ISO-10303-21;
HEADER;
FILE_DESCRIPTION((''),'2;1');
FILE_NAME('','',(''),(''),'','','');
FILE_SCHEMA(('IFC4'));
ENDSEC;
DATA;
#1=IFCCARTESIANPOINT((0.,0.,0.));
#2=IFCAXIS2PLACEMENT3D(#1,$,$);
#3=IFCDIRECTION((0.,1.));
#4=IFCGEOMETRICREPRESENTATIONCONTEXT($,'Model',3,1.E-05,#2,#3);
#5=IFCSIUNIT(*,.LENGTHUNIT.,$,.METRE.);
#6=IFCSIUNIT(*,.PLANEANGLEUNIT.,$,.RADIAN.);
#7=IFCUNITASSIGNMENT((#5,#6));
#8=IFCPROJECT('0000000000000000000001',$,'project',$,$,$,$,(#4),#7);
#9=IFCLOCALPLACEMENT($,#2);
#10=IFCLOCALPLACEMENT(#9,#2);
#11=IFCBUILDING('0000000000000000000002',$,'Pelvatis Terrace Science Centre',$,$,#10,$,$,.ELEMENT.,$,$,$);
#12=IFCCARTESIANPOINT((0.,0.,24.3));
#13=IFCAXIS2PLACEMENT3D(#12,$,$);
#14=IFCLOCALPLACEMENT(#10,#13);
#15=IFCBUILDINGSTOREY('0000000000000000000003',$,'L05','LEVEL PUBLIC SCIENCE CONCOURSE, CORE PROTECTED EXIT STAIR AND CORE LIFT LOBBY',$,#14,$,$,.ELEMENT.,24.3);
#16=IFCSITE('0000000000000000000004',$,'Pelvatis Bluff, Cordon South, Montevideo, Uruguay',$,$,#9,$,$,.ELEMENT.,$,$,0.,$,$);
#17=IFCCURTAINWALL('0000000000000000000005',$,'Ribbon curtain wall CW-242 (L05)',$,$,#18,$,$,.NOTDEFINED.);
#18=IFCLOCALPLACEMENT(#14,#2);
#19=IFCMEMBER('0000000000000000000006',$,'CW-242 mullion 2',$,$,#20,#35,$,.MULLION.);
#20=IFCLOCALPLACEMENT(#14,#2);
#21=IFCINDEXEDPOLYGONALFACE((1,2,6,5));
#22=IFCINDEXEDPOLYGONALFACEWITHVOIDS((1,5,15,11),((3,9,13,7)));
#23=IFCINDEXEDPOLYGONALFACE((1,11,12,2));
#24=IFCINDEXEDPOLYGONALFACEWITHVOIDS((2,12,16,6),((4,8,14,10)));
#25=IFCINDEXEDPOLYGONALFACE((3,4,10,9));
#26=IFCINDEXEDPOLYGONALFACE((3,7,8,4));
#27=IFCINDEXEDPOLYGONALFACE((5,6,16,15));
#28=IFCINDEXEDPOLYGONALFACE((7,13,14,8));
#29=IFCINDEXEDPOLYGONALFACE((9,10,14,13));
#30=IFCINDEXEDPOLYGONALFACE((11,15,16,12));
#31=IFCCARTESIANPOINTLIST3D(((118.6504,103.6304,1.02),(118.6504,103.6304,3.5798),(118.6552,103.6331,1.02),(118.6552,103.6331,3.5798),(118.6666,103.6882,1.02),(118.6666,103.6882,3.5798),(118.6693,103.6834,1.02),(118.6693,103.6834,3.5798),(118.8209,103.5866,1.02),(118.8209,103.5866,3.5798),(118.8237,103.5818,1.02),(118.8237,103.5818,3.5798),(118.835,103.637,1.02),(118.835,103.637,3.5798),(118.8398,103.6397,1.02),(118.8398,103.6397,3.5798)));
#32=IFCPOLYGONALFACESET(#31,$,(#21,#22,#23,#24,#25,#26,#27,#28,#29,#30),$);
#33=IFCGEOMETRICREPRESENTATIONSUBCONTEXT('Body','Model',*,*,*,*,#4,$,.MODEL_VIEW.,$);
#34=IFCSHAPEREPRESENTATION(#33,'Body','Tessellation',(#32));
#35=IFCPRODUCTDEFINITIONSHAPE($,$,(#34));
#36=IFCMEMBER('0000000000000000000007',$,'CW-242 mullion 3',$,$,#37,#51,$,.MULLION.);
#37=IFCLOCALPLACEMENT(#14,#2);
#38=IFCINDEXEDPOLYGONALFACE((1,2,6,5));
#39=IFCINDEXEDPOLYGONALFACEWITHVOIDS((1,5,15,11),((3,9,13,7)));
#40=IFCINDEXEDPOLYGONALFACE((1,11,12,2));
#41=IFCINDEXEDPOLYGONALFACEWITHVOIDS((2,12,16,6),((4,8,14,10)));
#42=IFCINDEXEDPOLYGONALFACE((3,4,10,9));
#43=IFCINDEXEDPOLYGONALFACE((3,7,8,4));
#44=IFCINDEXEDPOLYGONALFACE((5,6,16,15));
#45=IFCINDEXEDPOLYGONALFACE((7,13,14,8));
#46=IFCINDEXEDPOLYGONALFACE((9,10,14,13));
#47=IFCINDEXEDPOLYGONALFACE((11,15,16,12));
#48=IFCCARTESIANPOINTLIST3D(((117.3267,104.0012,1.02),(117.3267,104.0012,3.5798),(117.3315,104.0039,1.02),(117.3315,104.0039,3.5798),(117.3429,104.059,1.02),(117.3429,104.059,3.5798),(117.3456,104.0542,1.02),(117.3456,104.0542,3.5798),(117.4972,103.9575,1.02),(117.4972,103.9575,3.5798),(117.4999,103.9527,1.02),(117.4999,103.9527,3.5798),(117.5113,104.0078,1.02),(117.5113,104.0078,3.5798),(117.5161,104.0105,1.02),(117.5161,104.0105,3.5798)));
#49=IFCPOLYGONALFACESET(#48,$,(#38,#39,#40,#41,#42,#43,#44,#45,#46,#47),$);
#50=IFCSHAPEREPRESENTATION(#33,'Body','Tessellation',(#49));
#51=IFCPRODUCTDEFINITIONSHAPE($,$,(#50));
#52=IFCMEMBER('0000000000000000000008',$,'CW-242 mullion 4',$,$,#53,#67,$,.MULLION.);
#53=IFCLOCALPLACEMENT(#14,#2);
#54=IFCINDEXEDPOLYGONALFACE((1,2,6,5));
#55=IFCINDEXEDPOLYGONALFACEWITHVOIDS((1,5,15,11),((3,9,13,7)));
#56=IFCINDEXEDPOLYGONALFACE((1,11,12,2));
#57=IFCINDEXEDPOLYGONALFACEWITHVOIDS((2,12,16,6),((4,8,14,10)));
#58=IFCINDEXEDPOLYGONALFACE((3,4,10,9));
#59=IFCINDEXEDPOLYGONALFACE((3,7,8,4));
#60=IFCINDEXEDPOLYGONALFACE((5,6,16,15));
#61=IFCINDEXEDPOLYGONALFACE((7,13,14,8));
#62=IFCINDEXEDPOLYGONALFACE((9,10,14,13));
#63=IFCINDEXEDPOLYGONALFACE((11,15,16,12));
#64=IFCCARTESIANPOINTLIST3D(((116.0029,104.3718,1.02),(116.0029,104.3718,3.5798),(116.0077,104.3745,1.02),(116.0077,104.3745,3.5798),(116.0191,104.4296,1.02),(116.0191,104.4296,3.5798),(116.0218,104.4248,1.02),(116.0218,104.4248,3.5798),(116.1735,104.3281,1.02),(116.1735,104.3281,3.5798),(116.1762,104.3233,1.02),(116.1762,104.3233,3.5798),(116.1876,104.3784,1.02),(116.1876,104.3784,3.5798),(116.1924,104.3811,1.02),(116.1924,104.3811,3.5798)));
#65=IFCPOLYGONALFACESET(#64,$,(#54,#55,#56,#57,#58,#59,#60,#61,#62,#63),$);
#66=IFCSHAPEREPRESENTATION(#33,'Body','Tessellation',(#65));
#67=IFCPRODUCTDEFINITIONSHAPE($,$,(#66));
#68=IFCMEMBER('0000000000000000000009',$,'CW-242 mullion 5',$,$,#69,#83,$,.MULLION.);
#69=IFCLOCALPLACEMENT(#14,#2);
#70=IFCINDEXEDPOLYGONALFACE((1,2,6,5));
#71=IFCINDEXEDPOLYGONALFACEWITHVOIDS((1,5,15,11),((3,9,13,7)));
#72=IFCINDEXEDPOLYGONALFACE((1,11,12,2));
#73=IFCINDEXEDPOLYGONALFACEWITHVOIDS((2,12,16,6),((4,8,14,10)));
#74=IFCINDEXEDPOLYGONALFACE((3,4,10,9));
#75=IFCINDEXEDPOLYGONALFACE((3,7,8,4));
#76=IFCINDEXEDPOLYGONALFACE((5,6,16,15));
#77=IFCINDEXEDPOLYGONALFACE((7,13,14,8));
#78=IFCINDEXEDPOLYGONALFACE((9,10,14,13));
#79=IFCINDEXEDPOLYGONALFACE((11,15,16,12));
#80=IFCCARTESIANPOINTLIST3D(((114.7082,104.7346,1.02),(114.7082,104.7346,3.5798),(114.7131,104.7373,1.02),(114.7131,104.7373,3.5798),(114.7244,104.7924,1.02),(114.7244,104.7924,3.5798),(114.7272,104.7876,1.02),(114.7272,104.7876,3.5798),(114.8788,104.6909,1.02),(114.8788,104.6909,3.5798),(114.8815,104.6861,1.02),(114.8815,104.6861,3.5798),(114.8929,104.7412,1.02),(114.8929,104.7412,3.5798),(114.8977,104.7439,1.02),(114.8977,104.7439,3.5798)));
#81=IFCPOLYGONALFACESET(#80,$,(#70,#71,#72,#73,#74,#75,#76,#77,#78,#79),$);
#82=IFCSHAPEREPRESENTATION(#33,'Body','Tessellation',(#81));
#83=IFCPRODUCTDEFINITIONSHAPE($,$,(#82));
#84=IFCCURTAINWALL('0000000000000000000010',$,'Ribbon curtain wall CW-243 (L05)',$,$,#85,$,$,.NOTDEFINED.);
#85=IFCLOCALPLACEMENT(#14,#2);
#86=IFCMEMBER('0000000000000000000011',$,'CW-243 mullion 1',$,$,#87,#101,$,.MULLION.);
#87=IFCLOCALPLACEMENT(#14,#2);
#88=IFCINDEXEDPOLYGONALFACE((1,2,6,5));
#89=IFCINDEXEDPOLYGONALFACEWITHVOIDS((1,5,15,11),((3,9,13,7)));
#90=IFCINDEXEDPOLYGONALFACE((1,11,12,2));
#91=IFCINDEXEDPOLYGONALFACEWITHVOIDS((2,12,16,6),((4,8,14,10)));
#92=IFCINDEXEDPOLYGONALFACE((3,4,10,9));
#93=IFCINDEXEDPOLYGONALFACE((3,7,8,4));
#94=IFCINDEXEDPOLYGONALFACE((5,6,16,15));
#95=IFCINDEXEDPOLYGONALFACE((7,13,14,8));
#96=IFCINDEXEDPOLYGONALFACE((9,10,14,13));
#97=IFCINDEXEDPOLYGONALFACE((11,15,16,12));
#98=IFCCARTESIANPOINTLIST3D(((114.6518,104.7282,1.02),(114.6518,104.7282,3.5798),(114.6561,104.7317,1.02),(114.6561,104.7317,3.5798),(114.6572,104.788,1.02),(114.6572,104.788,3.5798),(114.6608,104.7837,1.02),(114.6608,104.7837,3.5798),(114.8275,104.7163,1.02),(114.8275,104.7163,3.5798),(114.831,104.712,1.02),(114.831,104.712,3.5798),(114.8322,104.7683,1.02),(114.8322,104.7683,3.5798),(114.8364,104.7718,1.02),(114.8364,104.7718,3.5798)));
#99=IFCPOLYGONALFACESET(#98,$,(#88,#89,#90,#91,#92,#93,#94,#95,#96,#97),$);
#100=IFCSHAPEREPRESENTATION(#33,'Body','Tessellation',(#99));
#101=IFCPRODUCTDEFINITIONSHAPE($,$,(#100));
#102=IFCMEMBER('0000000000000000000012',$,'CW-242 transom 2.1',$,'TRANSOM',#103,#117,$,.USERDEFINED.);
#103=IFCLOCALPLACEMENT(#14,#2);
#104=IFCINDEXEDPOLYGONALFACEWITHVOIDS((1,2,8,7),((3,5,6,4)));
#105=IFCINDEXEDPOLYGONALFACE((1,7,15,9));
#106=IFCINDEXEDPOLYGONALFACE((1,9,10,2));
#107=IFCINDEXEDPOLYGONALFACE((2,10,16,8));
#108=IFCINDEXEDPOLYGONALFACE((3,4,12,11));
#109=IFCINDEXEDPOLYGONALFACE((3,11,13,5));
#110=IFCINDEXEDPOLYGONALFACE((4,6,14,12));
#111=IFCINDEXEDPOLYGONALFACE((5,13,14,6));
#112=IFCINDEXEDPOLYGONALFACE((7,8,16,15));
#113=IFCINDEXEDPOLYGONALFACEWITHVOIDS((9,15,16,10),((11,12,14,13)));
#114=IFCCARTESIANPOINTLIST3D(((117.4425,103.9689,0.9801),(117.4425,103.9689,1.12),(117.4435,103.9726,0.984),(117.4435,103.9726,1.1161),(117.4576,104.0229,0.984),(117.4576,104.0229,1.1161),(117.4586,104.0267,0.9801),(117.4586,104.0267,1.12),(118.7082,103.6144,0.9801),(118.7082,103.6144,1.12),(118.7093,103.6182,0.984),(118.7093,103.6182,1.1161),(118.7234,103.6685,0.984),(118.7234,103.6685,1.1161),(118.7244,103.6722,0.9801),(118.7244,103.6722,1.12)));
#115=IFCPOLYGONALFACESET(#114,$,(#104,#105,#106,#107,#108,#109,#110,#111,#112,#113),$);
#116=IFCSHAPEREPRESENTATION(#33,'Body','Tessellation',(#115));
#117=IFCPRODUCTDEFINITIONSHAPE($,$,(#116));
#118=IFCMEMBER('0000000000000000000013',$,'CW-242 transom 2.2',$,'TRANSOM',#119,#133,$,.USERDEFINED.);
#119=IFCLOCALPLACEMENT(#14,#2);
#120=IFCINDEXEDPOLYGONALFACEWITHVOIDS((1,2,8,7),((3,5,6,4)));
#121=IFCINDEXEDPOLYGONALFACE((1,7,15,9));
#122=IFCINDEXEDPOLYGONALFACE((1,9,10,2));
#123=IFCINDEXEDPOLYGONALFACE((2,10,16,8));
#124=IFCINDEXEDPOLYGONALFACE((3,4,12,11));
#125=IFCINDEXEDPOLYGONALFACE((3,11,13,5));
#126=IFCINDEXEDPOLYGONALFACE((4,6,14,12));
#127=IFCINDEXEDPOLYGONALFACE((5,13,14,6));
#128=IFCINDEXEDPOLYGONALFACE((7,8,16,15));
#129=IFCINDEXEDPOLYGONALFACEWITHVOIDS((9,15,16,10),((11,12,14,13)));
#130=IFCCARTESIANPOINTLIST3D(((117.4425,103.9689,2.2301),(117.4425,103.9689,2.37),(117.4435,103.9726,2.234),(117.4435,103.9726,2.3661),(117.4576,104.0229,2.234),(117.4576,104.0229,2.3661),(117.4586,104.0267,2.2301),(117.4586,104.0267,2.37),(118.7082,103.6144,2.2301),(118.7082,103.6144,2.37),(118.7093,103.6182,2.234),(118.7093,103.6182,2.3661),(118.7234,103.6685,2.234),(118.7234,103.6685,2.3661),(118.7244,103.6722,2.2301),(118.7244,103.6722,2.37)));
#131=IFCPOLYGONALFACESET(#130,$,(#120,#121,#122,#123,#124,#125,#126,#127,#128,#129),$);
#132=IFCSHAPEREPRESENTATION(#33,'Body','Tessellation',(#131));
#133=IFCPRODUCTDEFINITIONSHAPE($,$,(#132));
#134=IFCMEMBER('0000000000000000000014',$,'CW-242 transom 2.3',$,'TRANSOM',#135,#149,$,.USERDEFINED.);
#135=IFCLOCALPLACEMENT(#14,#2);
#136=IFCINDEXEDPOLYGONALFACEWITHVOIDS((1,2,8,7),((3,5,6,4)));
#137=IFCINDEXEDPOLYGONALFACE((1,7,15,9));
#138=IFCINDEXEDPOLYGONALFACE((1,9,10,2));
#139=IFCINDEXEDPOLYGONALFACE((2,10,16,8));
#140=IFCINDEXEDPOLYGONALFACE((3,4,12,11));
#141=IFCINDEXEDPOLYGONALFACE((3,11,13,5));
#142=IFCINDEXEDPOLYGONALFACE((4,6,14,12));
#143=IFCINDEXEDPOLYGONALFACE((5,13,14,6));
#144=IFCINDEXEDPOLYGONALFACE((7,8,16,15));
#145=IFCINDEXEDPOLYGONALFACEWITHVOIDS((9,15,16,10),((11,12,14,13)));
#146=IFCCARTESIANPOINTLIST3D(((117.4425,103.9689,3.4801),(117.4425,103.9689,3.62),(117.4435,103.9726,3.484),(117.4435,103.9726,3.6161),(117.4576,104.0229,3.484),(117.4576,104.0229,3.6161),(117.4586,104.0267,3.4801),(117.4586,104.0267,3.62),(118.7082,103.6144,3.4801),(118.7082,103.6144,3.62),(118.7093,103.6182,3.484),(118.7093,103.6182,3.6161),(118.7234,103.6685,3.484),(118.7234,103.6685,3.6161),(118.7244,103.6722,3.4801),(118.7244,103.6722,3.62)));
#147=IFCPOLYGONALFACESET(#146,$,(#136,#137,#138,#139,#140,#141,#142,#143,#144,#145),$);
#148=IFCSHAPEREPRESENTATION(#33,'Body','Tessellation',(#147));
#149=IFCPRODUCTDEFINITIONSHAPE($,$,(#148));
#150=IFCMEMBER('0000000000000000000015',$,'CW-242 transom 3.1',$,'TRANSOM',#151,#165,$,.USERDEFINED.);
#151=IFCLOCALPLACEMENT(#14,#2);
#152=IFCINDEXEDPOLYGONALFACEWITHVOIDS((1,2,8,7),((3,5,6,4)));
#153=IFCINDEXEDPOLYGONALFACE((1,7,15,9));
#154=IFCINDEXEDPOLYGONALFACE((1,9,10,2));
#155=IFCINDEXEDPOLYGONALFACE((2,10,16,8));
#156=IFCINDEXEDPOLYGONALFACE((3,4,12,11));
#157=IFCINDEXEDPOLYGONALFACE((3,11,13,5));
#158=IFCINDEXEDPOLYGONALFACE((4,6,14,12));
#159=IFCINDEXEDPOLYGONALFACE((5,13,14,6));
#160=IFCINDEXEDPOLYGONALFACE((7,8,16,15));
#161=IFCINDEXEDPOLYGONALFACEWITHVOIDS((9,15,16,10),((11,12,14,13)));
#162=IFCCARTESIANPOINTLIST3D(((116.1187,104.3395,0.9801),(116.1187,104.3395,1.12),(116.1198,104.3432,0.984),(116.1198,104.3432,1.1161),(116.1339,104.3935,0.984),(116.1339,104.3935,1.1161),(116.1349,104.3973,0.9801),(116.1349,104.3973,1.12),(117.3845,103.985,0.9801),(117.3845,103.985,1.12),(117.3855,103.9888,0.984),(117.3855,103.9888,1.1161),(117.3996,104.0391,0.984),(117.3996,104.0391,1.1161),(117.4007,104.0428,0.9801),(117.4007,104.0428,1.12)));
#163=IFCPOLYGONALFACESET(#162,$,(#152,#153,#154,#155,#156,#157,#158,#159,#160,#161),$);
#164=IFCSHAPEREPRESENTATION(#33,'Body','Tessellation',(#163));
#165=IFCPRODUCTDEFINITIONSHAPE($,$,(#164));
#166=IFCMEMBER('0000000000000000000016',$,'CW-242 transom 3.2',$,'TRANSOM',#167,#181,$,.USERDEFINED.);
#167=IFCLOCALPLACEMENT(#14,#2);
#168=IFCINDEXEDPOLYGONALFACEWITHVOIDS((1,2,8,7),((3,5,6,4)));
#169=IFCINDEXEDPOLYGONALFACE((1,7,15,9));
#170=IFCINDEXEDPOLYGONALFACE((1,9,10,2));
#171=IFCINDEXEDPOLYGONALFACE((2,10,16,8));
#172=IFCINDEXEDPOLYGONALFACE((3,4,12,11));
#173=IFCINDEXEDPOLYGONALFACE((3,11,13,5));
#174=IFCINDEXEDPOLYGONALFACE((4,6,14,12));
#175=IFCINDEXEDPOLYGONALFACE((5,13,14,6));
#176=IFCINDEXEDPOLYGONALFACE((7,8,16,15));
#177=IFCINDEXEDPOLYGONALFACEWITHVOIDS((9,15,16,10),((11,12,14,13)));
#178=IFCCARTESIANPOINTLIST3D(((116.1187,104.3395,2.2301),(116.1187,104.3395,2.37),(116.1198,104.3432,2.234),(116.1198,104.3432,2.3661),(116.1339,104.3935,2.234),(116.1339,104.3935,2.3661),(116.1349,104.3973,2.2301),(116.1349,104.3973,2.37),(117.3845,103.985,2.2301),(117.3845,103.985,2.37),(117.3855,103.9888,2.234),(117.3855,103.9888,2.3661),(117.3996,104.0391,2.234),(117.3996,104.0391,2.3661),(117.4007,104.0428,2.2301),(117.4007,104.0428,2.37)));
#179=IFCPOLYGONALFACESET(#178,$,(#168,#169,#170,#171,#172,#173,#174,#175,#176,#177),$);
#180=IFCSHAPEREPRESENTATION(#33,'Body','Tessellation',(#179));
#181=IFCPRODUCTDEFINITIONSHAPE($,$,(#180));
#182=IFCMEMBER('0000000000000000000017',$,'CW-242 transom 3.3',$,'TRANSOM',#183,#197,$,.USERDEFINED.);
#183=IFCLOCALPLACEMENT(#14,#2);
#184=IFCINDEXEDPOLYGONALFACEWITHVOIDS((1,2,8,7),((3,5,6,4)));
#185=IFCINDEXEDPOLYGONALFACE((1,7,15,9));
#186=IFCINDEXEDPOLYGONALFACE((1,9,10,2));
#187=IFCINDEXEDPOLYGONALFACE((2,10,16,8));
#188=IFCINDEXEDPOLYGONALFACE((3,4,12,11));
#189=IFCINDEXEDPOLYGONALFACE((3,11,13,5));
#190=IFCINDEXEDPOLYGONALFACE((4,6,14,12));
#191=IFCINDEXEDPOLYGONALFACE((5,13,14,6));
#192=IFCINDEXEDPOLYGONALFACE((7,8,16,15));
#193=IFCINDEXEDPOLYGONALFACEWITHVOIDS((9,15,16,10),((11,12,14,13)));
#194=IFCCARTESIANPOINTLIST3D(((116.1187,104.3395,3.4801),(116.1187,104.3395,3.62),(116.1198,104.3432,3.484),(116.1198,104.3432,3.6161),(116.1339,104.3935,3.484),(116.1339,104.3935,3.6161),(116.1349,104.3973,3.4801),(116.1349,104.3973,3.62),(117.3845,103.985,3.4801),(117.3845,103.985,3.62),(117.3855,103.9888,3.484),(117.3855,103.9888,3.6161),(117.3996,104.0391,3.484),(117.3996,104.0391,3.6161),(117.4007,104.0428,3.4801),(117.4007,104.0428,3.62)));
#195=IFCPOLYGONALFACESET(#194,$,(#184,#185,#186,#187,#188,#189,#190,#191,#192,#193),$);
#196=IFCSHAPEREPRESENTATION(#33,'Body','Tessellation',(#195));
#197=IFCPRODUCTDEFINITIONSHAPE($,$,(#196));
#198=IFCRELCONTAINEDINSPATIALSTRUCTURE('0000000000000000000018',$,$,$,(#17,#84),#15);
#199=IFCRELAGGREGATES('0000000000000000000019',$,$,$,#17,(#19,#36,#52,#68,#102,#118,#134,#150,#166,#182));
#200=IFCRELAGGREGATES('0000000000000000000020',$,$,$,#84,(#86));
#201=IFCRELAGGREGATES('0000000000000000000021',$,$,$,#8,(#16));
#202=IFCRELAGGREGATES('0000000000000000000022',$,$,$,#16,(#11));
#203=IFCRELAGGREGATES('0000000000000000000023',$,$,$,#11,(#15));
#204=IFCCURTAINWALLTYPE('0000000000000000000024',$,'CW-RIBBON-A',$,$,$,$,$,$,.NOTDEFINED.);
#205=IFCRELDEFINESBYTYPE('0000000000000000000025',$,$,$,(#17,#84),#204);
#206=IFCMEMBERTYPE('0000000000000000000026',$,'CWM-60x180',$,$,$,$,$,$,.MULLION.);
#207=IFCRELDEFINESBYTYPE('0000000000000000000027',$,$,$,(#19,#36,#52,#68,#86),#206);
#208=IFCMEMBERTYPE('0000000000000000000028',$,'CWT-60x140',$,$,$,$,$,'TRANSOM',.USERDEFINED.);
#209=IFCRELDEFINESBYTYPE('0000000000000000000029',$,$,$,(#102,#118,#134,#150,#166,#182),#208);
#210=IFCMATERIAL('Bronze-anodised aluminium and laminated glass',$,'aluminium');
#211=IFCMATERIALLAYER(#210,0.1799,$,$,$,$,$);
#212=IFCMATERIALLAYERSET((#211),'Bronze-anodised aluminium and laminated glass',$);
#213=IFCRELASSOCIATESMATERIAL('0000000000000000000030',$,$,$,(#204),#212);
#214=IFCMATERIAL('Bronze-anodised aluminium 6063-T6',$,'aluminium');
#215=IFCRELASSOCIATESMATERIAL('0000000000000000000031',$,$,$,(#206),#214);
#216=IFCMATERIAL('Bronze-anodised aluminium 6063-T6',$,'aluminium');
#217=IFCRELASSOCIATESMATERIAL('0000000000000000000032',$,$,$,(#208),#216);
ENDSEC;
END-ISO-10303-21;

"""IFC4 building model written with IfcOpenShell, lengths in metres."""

from ifc_helpers import new_model, si_unit, direction, frame, origin, origin_2d, place, context, subcontext, project, spatial, hollow_rectangle, extrude, material, layer, layer_set, material_profile, profile_set, type_object, element, aggregate, save


model = new_model("IFC4")

# Units and contexts
model_context = context("Model", 3, precision=1e-05, world=origin(), true_north=direction((0.0, 1.0)))
body_context = subcontext(model_context, "Body", "Model", "MODEL_VIEW")
ifc_project = project(units=[si_unit("LENGTHUNIT", "METRE"), si_unit("PLANEANGLEUNIT", "RADIAN")], contexts=[model_context])

# Site, building, storey
site_placement = place(None, origin())
site = spatial("IfcSite", under=ifc_project, at=site_placement, Name="Pelvatis Bluff, Cordon South, Montevideo, Uruguay", CompositionType="ELEMENT", RefElevation=0.0)
building_placement = place(site_placement, origin())
building = spatial("IfcBuilding", under=site, at=building_placement, Name="Pelvatis Terrace Science Centre", CompositionType="ELEMENT")
storey_placement = place(building_placement, frame((0.0, 0.0, 24.3)))
storey = spatial("IfcBuildingStorey", under=building, at=storey_placement, Name="L05", Description="LEVEL PUBLIC SCIENCE CONCOURSE, CORE PROTECTED EXIT STAIR AND CORE LIFT LOBBY", CompositionType="ELEMENT", Elevation=24.3)

# Curtain wall, members
ifc_material_1 = material(Name="Bronze-anodised aluminium and laminated glass", Category="aluminium")
ifc_layer_1 = layer(ifc_material_1, 0.1799)
ifc_layer_set_1 = layer_set([ifc_layer_1], Name="Bronze-anodised aluminium and laminated glass")
curtain_wall_type = type_object("IfcCurtainWallType", Name="CW-RIBBON-A", PredefinedType="NOTDEFINED", material=ifc_layer_set_1)
curtain_wall_1_placement = place(storey_placement, origin())
curtain_wall_1 = element("IfcCurtainWall", 1, at=curtain_wall_1_placement, inside=storey, type_object=curtain_wall_type, Name="Ribbon curtain wall CW-242 (L05)", PredefinedType="NOTDEFINED")
ifc_material_2 = material(Name="Bronze-anodised aluminium 6063-T6", Category="aluminium")
ifc_material_profile_1 = material_profile(ifc_material_2, hollow_rectangle(XDim=0.0601, YDim=0.1799, WallThickness=0.0039, at=origin_2d()), Name="ALU-MUL 60x180")
ifc_profile_set_1 = profile_set([ifc_material_profile_1], Name="Bronze-anodised aluminium 6063-T6")
member_type_1 = type_object("IfcMemberType", Name="CWM-60x180", PredefinedType="MULLION", material=ifc_profile_set_1)
member_1_placement = place(storey_placement, frame((118.7451, 103.635, 1.02), z_axis=(0.0, 0.0, 1.0), x_axis=(-0.269695, -0.962946, 0.0)))
member_1 = element("IfcMember", 2, at=member_1_placement, type_object=member_type_1, Name="CW-242 mullion 2", PredefinedType="MULLION", context=body_context, shape_type="SweptSolid", body=[
    extrude(hollow_rectangle(XDim=0.0601, YDim=0.1799, WallThickness=0.0039, at=origin_2d()), origin(), (0.0, 0.0, 1.0), 2.5598),
])
member_2_placement = place(storey_placement, frame((117.4214, 104.0059, 1.02), z_axis=(0.0, 0.0, 1.0), x_axis=(-0.269695, -0.962946, 0.0)))
member_2 = element("IfcMember", 3, at=member_2_placement, type_object=member_type_1, Name="CW-242 mullion 3", PredefinedType="MULLION", context=body_context, shape_type="SweptSolid", body=[
    extrude(hollow_rectangle(XDim=0.0601, YDim=0.1799, WallThickness=0.0039, at=origin_2d()), origin(), (0.0, 0.0, 1.0), 2.5598),
])
member_3_placement = place(storey_placement, frame((116.0977, 104.3765, 1.02), z_axis=(0.0, 0.0, 1.0), x_axis=(-0.269695, -0.962946, 0.0)))
member_3 = element("IfcMember", 4, at=member_3_placement, type_object=member_type_1, Name="CW-242 mullion 4", PredefinedType="MULLION", context=body_context, shape_type="SweptSolid", body=[
    extrude(hollow_rectangle(XDim=0.0601, YDim=0.1799, WallThickness=0.0039, at=origin_2d()), origin(), (0.0, 0.0, 1.0), 2.5598),
])
member_4_placement = place(storey_placement, frame((114.803, 104.7393, 1.02), z_axis=(0.0, 0.0, 1.0), x_axis=(-0.269695, -0.962946, 0.0)))
member_4 = element("IfcMember", 5, at=member_4_placement, type_object=member_type_1, Name="CW-242 mullion 5", PredefinedType="MULLION", context=body_context, shape_type="SweptSolid", body=[
    extrude(hollow_rectangle(XDim=0.0601, YDim=0.1799, WallThickness=0.0039, at=origin_2d()), origin(), (0.0, 0.0, 1.0), 2.5598),
])

# Curtain wall, member
curtain_wall_2_placement = place(storey_placement, origin())
curtain_wall_2 = element("IfcCurtainWall", 6, at=curtain_wall_2_placement, inside=storey, type_object=curtain_wall_type, Name="Ribbon curtain wall CW-243 (L05)", PredefinedType="NOTDEFINED")
member_5_placement = place(storey_placement, frame((114.7441, 104.75, 1.02), z_axis=(0.0, 0.0, 1.0), x_axis=(-0.08982, -0.995958, 0.0)))
member_5 = element("IfcMember", 7, at=member_5_placement, type_object=member_type_1, Name="CW-243 mullion 1", PredefinedType="MULLION", context=body_context, shape_type="SweptSolid", body=[
    extrude(hollow_rectangle(XDim=0.0601, YDim=0.1799, WallThickness=0.0039, at=origin_2d()), origin(), (0.0, 0.0, 1.0), 2.5598),
])

# Members
ifc_material_3 = material(Name="Bronze-anodised aluminium 6063-T6", Category="aluminium")
ifc_material_profile_2 = material_profile(ifc_material_3, hollow_rectangle(XDim=0.0601, YDim=0.1399, WallThickness=0.0039, at=origin_2d()), Name="ALU-TRN 60x140")
ifc_profile_set_2 = profile_set([ifc_material_profile_2], Name="Bronze-anodised aluminium 6063-T6")
member_type_2 = type_object("IfcMemberType", Name="CWT-60x140", ElementType="TRANSOM", PredefinedType="USERDEFINED", material=ifc_profile_set_2)
member_6_placement = place(storey_placement, frame((118.7163, 103.6433, 1.05), z_axis=(-0.962954, 0.269664, 0.0), x_axis=(-0.269664, -0.962954, 0.0)))
member_6 = element("IfcMember", 8, at=member_6_placement, type_object=member_type_2, Name="CW-242 transom 2.1", ObjectType="TRANSOM", PredefinedType="USERDEFINED", context=body_context, shape_type="SweptSolid", body=[
    extrude(hollow_rectangle(XDim=0.0601, YDim=0.1399, WallThickness=0.0039, at=origin_2d()), origin(), (0.0, 0.0, 1.0), 1.3145),
])
member_7_placement = place(storey_placement, frame((118.7163, 103.6433, 2.3), z_axis=(-0.962954, 0.269664, 0.0), x_axis=(-0.269664, -0.962954, 0.0)))
member_7 = element("IfcMember", 9, at=member_7_placement, type_object=member_type_2, Name="CW-242 transom 2.2", ObjectType="TRANSOM", PredefinedType="USERDEFINED", context=body_context, shape_type="SweptSolid", body=[
    extrude(hollow_rectangle(XDim=0.0601, YDim=0.1399, WallThickness=0.0039, at=origin_2d()), origin(), (0.0, 0.0, 1.0), 1.3145),
])
member_8_placement = place(storey_placement, frame((118.7163, 103.6433, 3.55), z_axis=(-0.962954, 0.269664, 0.0), x_axis=(-0.269664, -0.962954, 0.0)))
member_8 = element("IfcMember", 10, at=member_8_placement, type_object=member_type_2, Name="CW-242 transom 2.3", ObjectType="TRANSOM", PredefinedType="USERDEFINED", context=body_context, shape_type="SweptSolid", body=[
    extrude(hollow_rectangle(XDim=0.0601, YDim=0.1399, WallThickness=0.0039, at=origin_2d()), origin(), (0.0, 0.0, 1.0), 1.3145),
])
member_9_placement = place(storey_placement, frame((117.3926, 104.0139, 1.05), z_axis=(-0.962954, 0.269664, 0.0), x_axis=(-0.269664, -0.962954, 0.0)))
member_9 = element("IfcMember", 11, at=member_9_placement, type_object=member_type_2, Name="CW-242 transom 3.1", ObjectType="TRANSOM", PredefinedType="USERDEFINED", context=body_context, shape_type="SweptSolid", body=[
    extrude(hollow_rectangle(XDim=0.0601, YDim=0.1399, WallThickness=0.0039, at=origin_2d()), origin(), (0.0, 0.0, 1.0), 1.3145),
])
member_10_placement = place(storey_placement, frame((117.3926, 104.0139, 2.3), z_axis=(-0.962954, 0.269664, 0.0), x_axis=(-0.269664, -0.962954, 0.0)))
member_10 = element("IfcMember", 12, at=member_10_placement, type_object=member_type_2, Name="CW-242 transom 3.2", ObjectType="TRANSOM", PredefinedType="USERDEFINED", context=body_context, shape_type="SweptSolid", body=[
    extrude(hollow_rectangle(XDim=0.0601, YDim=0.1399, WallThickness=0.0039, at=origin_2d()), origin(), (0.0, 0.0, 1.0), 1.3145),
])
member_11_placement = place(storey_placement, frame((117.3926, 104.0139, 3.55), z_axis=(-0.962954, 0.269664, 0.0), x_axis=(-0.269664, -0.962954, 0.0)))
member_11 = element("IfcMember", 13, at=member_11_placement, type_object=member_type_2, Name="CW-242 transom 3.3", ObjectType="TRANSOM", PredefinedType="USERDEFINED", context=body_context, shape_type="SweptSolid", body=[
    extrude(hollow_rectangle(XDim=0.0601, YDim=0.1399, WallThickness=0.0039, at=origin_2d()), origin(), (0.0, 0.0, 1.0), 1.3145),
])

aggregate(curtain_wall_1, [member_1, member_2, member_3, member_4, member_6, member_7, member_8, member_9, member_10, member_11])
aggregate(curtain_wall_2, [member_5])

save(model, "model.ifc")
